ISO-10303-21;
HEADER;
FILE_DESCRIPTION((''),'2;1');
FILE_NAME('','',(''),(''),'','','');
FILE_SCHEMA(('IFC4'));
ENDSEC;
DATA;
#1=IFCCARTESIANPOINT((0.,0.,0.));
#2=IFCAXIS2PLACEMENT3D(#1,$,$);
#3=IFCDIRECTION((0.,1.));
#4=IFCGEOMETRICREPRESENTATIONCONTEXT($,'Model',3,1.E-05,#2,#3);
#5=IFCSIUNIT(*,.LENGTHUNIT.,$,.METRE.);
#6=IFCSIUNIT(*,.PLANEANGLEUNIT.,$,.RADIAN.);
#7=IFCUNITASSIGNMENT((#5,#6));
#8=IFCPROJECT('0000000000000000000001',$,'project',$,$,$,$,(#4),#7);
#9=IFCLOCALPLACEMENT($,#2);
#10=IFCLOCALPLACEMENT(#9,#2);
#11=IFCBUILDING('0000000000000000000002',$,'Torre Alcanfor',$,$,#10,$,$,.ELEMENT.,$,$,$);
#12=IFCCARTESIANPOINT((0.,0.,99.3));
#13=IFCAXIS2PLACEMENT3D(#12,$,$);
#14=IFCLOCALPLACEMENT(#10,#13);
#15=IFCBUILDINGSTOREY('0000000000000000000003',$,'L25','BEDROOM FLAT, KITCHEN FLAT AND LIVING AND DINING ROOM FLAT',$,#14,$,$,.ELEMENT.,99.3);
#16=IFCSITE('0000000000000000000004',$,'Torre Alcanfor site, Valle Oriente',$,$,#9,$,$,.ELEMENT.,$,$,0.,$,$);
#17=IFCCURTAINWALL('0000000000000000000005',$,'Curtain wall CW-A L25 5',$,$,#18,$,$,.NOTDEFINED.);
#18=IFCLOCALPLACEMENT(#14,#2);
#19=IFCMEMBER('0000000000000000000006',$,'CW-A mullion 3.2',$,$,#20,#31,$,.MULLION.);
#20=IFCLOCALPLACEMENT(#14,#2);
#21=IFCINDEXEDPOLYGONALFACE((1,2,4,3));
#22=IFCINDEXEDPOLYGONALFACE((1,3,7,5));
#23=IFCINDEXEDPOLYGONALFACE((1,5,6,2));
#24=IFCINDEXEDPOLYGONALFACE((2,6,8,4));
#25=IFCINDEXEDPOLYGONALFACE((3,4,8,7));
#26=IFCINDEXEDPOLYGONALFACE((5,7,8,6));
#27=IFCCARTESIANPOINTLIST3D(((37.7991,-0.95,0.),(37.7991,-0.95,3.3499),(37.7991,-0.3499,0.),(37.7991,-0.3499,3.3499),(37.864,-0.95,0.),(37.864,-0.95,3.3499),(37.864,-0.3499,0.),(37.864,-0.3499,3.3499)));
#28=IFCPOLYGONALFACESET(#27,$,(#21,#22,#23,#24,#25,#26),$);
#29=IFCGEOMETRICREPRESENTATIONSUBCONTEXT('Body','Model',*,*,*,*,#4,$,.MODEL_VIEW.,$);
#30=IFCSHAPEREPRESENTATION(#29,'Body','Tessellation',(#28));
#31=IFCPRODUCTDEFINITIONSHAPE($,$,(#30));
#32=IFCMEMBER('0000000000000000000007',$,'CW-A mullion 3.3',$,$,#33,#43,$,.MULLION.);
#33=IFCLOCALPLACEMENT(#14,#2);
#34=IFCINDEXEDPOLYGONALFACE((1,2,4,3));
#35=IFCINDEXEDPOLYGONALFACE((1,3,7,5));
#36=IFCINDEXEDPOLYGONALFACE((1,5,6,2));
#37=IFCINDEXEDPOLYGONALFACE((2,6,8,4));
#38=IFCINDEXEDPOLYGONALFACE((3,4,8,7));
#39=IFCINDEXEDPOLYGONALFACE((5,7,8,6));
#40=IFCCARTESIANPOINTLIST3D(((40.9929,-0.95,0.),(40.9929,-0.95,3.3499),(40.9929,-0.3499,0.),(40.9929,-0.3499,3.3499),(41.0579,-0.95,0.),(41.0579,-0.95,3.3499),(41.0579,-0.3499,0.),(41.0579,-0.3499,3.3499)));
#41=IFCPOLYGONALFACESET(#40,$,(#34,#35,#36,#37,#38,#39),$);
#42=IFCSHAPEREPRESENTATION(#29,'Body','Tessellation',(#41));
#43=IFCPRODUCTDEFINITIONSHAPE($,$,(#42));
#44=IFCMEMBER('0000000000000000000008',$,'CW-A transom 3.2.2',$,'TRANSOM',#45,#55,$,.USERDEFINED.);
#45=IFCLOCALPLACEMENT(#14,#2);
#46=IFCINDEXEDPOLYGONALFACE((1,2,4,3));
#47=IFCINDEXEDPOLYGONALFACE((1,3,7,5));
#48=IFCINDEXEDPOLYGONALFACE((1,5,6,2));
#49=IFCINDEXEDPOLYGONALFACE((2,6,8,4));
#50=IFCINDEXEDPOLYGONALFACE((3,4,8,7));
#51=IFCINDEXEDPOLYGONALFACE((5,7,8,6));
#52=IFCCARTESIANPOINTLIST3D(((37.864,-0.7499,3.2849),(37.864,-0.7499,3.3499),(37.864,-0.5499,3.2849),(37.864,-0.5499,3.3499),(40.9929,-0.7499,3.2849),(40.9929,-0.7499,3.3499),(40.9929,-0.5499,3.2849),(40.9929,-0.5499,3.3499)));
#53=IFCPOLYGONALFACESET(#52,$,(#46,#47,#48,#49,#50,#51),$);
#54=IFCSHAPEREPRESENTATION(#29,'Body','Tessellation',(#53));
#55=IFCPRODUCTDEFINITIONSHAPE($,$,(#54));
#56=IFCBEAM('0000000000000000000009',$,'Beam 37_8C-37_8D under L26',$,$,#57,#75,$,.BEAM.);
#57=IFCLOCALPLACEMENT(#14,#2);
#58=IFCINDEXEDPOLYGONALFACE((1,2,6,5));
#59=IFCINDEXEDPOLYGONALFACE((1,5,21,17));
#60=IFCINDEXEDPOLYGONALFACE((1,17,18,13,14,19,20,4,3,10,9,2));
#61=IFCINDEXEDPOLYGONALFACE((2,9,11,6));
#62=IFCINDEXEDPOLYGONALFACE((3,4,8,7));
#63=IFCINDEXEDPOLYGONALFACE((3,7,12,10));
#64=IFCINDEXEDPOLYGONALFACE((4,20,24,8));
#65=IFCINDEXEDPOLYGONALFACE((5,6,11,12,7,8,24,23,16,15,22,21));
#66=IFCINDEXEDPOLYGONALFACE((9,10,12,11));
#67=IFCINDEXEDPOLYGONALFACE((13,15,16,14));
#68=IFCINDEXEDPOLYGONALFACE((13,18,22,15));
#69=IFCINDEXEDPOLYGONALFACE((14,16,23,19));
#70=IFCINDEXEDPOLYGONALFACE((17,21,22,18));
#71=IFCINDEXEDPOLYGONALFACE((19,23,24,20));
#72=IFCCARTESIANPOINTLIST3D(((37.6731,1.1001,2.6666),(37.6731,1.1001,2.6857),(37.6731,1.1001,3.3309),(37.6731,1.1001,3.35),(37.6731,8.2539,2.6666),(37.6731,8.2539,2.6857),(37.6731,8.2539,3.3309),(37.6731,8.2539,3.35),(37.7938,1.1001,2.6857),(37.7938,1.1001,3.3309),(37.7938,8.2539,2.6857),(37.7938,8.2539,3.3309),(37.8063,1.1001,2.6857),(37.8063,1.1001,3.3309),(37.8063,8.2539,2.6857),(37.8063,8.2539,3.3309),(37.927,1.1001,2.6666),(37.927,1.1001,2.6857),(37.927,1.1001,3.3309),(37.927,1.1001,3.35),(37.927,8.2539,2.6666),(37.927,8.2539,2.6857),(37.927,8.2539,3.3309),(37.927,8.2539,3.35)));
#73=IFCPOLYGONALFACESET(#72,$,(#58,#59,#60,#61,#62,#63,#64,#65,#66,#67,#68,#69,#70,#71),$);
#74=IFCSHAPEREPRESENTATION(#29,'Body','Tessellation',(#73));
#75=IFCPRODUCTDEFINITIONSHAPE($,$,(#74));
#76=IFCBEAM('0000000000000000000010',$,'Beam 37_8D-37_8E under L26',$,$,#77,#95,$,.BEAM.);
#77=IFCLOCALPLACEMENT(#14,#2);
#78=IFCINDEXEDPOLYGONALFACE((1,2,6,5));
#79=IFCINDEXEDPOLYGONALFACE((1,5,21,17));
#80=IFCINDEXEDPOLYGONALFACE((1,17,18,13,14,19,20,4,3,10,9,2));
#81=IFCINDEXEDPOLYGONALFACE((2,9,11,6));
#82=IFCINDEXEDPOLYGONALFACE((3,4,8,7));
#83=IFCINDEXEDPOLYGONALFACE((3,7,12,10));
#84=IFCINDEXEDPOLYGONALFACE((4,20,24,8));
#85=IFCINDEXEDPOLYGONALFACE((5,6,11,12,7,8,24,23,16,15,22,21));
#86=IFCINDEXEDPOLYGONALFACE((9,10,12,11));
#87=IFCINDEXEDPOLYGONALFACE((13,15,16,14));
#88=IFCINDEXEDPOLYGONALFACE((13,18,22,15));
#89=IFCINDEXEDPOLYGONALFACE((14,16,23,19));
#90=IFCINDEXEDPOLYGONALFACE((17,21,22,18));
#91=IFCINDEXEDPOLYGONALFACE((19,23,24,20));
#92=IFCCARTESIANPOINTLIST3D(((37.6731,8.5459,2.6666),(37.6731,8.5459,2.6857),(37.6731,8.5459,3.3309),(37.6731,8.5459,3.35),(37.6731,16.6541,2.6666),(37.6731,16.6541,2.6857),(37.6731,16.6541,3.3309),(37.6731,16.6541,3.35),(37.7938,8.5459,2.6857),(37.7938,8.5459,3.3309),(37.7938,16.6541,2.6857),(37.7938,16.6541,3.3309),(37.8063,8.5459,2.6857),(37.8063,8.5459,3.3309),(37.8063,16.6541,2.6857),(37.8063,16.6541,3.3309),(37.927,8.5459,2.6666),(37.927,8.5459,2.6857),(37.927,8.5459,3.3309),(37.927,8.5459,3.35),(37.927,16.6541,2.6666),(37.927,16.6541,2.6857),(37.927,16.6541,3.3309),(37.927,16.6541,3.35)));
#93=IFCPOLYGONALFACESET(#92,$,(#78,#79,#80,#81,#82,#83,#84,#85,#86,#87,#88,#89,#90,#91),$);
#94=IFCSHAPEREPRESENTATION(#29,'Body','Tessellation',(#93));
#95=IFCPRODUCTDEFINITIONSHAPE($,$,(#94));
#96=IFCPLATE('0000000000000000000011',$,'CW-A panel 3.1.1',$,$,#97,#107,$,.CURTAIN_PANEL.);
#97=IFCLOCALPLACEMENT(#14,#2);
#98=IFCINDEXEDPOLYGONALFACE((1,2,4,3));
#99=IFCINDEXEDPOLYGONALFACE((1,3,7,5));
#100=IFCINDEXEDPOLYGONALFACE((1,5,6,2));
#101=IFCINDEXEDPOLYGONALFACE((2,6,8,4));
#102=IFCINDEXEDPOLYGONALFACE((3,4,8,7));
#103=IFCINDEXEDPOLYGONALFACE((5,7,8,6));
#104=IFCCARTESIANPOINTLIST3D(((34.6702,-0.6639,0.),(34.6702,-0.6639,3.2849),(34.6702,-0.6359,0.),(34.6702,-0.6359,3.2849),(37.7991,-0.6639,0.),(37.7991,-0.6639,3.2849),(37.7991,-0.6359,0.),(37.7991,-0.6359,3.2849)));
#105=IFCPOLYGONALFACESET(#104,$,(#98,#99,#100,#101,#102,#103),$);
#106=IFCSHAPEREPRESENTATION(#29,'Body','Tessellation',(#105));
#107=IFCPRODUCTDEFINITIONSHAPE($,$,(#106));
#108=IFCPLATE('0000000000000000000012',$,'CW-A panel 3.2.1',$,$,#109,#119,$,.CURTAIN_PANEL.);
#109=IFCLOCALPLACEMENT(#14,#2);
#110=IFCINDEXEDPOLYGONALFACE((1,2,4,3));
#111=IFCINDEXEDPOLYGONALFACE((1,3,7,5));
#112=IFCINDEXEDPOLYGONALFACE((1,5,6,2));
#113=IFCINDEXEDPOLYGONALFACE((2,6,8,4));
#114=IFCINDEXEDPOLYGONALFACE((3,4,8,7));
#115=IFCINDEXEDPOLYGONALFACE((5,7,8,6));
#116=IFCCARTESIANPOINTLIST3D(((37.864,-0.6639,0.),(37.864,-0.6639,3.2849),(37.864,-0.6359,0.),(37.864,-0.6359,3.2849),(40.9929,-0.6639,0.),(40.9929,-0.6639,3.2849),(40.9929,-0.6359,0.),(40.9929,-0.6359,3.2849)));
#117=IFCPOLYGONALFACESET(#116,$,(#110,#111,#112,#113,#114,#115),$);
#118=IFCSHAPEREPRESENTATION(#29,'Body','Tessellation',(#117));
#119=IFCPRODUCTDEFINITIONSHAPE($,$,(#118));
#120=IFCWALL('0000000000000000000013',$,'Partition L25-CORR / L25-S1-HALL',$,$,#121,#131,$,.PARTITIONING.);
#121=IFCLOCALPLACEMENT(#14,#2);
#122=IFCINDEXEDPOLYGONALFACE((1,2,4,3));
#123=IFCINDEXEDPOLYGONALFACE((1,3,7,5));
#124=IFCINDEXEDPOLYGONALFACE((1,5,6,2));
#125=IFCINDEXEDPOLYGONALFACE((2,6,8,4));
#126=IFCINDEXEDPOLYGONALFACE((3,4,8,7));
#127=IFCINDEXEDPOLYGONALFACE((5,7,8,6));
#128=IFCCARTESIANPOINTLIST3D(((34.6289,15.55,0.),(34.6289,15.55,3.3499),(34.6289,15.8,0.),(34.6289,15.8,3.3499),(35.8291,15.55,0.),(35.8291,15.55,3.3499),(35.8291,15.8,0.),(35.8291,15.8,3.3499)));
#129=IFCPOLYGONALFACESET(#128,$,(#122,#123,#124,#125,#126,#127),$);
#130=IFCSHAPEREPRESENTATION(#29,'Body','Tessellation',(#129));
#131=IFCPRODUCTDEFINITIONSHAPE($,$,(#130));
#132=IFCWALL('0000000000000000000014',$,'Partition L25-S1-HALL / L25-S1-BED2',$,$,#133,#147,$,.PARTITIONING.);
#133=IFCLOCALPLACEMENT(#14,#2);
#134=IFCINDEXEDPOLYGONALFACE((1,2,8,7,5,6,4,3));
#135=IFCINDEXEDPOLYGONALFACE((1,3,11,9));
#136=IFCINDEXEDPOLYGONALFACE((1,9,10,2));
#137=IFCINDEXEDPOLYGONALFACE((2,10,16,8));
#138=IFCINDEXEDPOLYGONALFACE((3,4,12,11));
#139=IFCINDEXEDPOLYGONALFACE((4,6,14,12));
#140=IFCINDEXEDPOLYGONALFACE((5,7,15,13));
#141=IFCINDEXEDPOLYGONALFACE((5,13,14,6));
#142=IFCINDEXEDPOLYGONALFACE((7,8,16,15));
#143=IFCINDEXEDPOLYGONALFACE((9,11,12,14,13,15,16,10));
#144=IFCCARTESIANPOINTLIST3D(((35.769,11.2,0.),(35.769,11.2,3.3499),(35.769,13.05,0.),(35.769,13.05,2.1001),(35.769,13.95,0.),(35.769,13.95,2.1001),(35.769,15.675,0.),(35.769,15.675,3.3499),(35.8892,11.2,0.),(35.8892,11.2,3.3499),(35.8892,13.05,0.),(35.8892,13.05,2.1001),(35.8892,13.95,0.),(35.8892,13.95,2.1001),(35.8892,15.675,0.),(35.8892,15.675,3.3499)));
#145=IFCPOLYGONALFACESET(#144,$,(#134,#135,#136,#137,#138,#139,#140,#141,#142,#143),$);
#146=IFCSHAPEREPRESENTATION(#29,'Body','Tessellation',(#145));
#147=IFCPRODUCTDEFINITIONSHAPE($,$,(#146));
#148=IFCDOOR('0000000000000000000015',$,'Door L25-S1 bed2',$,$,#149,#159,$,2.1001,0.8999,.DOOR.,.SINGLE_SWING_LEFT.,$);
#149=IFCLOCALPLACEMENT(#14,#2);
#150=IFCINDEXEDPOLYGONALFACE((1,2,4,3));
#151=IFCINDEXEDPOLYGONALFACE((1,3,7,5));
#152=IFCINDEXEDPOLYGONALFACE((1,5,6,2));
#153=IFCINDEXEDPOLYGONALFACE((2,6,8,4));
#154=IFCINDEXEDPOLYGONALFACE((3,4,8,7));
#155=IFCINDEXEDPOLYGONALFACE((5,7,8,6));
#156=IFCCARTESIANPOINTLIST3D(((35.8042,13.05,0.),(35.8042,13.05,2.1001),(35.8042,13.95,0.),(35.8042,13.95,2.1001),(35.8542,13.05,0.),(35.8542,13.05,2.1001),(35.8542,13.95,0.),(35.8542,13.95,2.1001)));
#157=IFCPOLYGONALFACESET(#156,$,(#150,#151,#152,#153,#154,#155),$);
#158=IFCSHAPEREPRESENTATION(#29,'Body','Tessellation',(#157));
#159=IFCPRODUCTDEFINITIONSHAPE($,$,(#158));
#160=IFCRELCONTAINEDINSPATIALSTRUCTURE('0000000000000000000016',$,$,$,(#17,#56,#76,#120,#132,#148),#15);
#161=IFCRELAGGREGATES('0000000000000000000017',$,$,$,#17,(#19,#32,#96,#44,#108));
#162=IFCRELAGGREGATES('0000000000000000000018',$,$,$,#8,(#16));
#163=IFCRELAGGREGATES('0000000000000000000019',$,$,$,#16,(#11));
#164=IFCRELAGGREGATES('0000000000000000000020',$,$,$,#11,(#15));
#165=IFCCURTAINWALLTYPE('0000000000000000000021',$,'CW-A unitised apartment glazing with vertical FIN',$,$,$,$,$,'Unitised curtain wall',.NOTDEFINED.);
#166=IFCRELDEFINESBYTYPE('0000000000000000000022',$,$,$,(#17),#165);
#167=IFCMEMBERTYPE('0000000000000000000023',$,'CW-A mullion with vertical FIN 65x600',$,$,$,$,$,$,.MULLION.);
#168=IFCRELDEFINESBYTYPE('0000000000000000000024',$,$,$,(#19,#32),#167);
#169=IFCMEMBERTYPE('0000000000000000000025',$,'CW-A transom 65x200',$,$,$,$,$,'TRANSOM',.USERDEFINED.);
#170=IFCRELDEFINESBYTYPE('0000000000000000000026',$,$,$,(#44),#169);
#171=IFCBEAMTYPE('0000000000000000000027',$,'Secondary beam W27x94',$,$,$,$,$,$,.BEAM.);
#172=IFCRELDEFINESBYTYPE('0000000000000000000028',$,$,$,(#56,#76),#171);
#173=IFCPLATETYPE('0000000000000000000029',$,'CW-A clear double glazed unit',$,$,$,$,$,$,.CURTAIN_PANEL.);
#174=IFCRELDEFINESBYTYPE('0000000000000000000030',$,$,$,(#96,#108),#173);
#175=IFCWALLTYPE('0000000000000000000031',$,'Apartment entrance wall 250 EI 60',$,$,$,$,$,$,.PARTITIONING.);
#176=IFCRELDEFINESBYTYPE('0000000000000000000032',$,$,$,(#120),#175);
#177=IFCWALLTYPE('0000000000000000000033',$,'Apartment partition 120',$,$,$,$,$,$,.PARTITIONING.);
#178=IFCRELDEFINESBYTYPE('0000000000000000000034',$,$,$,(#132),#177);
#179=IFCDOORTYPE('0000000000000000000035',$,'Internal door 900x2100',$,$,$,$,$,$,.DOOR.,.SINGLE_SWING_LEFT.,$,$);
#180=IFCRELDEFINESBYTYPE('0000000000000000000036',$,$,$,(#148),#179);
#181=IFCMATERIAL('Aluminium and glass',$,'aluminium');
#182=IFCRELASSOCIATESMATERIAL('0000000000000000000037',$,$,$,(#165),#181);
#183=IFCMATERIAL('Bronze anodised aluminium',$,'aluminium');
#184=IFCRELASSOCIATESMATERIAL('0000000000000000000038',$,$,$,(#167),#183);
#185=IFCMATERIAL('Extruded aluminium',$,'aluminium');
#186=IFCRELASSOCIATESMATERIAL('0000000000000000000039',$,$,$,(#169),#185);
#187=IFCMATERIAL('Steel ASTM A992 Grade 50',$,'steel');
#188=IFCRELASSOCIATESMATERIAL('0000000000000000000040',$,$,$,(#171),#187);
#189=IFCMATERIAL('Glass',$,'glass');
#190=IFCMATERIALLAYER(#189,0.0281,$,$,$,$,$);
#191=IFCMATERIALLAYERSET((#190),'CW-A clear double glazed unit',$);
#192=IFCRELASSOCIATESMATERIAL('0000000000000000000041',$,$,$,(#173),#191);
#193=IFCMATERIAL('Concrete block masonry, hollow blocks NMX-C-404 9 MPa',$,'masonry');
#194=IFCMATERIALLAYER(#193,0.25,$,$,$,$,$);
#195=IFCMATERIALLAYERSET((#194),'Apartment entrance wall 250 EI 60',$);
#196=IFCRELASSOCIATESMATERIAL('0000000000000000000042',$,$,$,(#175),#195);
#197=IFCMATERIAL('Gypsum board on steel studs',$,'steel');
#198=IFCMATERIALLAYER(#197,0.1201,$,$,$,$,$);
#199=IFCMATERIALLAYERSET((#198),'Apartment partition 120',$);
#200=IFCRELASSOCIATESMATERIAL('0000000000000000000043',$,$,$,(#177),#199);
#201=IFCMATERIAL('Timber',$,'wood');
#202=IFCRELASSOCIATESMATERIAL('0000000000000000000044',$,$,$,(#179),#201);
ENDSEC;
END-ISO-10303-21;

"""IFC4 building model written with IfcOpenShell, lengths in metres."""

from ifc_helpers import new_model, si_unit, direction, frame, frame_2d, origin, origin_2d, place, context, subcontext, project, spatial, rectangle, i_section, extrude, material, layer, layer_set, material_profile, profile_set, type_object, element, fill, aggregate, save


model = new_model("IFC4")

# Units and contexts
model_context = context("Model", 3, precision=1e-05, world=origin(), true_north=direction((0.0, 1.0)))
body_context = subcontext(model_context, "Body", "Model", "MODEL_VIEW")
ifc_project = project(units=[si_unit("LENGTHUNIT", "METRE"), si_unit("PLANEANGLEUNIT", "RADIAN")], contexts=[model_context])

# Site, building, storey
site_placement = place(None, origin())
site = spatial("IfcSite", under=ifc_project, at=site_placement, Name="Torre Alcanfor site, Valle Oriente", CompositionType="ELEMENT", RefElevation=0.0)
building_placement = place(site_placement, origin())
building = spatial("IfcBuilding", under=site, at=building_placement, Name="Torre Alcanfor", CompositionType="ELEMENT")
storey_placement = place(building_placement, frame((0.0, 0.0, 99.3)))
storey = spatial("IfcBuildingStorey", under=building, at=storey_placement, Name="L25", Description="BEDROOM FLAT, KITCHEN FLAT AND LIVING AND DINING ROOM FLAT", CompositionType="ELEMENT", Elevation=99.3)

# Curtain wall, members
ifc_material_1 = material(Name="Aluminium and glass", Category="aluminium")
curtain_wall_type = type_object("IfcCurtainWallType", Name="CW-A unitised apartment glazing with vertical FIN", ElementType="Unitised curtain wall", PredefinedType="NOTDEFINED", material=ifc_material_1)
curtain_wall_placement = place(storey_placement, origin())
curtain_wall = element("IfcCurtainWall", 1, at=curtain_wall_placement, inside=storey, type_object=curtain_wall_type, Name="Curtain wall CW-A L25 5", PredefinedType="NOTDEFINED")
ifc_material_2 = material(Name="Bronze anodised aluminium", Category="aluminium")
ifc_material_profile_1 = material_profile(ifc_material_2, rectangle(XDim=0.6001, YDim=0.0649, at=origin_2d()), Name="CW-A mullion 65x600")
ifc_profile_set_1 = profile_set([ifc_material_profile_1], Name="Bronze anodised aluminium")
member_type_1 = type_object("IfcMemberType", Name="CW-A mullion with vertical FIN 65x600", PredefinedType="MULLION", material=ifc_profile_set_1)
member_1_placement = place(storey_placement, frame((37.8315, -0.6499, 0.0), z_axis=(0.0, 0.0, 1.0), x_axis=(0.0, 1.0, 0.0)))
member_1 = element("IfcMember", 2, at=member_1_placement, type_object=member_type_1, Name="CW-A mullion 3.2", PredefinedType="MULLION", context=body_context, shape_type="SweptSolid", body=[
    extrude(rectangle(XDim=0.6001, YDim=0.0649, at=origin_2d()), origin(), (0.0, 0.0, 1.0), 3.3499),
])
member_2_placement = place(storey_placement, frame((41.0254, -0.6499, 0.0), z_axis=(0.0, 0.0, 1.0), x_axis=(0.0, 1.0, 0.0)))
member_2 = element("IfcMember", 3, at=member_2_placement, type_object=member_type_1, Name="CW-A mullion 3.3", PredefinedType="MULLION", context=body_context, shape_type="SweptSolid", body=[
    extrude(rectangle(XDim=0.6001, YDim=0.0649, at=origin_2d()), origin(), (0.0, 0.0, 1.0), 3.3499),
])
ifc_material_3 = material(Name="Extruded aluminium", Category="aluminium")
ifc_material_profile_2 = material_profile(ifc_material_3, rectangle(XDim=0.2, YDim=0.0649, at=origin_2d()), Name="CW-A transom 200x65")
ifc_profile_set_2 = profile_set([ifc_material_profile_2], Name="Extruded aluminium")
member_type_2 = type_object("IfcMemberType", Name="CW-A transom 65x200", ElementType="TRANSOM", PredefinedType="USERDEFINED", material=ifc_profile_set_2)
member_3_placement = place(storey_placement, frame((37.864, -0.6499, 3.3174), z_axis=(1.0, 0.0, 0.0), x_axis=(0.0, 1.0, 0.0)))
member_3 = element("IfcMember", 4, at=member_3_placement, type_object=member_type_2, Name="CW-A transom 3.2.2", ObjectType="TRANSOM", PredefinedType="USERDEFINED", context=body_context, shape_type="SweptSolid", body=[
    extrude(rectangle(XDim=0.2, YDim=0.0649, at=origin_2d()), origin(), (0.0, 0.0, 1.0), 3.1289),
])

# Beams
ifc_material_4 = material(Name="Steel ASTM A992 Grade 50", Category="steel")
ifc_material_profile_3 = material_profile(ifc_material_4, i_section(OverallWidth=0.2539, OverallDepth=0.6833, WebThickness=0.0125, FlangeThickness=0.019, at=origin_2d()), Name="W27x94")
ifc_profile_set_3 = profile_set([ifc_material_profile_3], Name="Steel ASTM A992 Grade 50")
beam_type = type_object("IfcBeamType", Name="Secondary beam W27x94", PredefinedType="BEAM", material=ifc_profile_set_3)
beam_1_placement = place(storey_placement, frame((37.8, 1.1001, 3.0083), z_axis=(0.0, 1.0, 0.0), x_axis=(-1.0, 0.0, 0.0)))
element("IfcBeam", 5, at=beam_1_placement, inside=storey, type_object=beam_type, Name="Beam 37_8C-37_8D under L26", PredefinedType="BEAM", context=body_context, shape_type="SweptSolid", body=[
    extrude(i_section(OverallWidth=0.2539, OverallDepth=0.6833, WebThickness=0.0125, FlangeThickness=0.019, at=origin_2d()), origin(), (0.0, 0.0, 1.0), 7.1538),
])
beam_2_placement = place(storey_placement, frame((37.8, 8.5459, 3.0083), z_axis=(0.0, 1.0, 0.0), x_axis=(-1.0, 0.0, 0.0)))
element("IfcBeam", 6, at=beam_2_placement, inside=storey, type_object=beam_type, Name="Beam 37_8D-37_8E under L26", PredefinedType="BEAM", context=body_context, shape_type="SweptSolid", body=[
    extrude(i_section(OverallWidth=0.2539, OverallDepth=0.6833, WebThickness=0.0125, FlangeThickness=0.019, at=origin_2d()), origin(), (0.0, 0.0, 1.0), 8.1082),
])

# Plates
ifc_material_5 = material(Name="Glass", Category="glass")
ifc_layer_1 = layer(ifc_material_5, 0.0281)
ifc_layer_set_1 = layer_set([ifc_layer_1], Name="CW-A clear double glazed unit")
plate_type = type_object("IfcPlateType", Name="CW-A clear double glazed unit", PredefinedType="CURTAIN_PANEL", material=ifc_layer_set_1)
plate_1_placement = place(storey_placement, frame((36.2346, -0.6499, 0.0), z_axis=(0.0, 0.0, 1.0), x_axis=(1.0, 0.0, 0.0)))
plate_1 = element("IfcPlate", 7, at=plate_1_placement, type_object=plate_type, Name="CW-A panel 3.1.1", PredefinedType="CURTAIN_PANEL", context=body_context, shape_type="SweptSolid", body=[
    extrude(rectangle(XDim=3.1289, YDim=0.0281, at=origin_2d()), origin(), (0.0, 0.0, 1.0), 3.2849),
])
plate_2_placement = place(storey_placement, frame((39.4285, -0.6499, 0.0), z_axis=(0.0, 0.0, 1.0), x_axis=(1.0, 0.0, 0.0)))
plate_2 = element("IfcPlate", 8, at=plate_2_placement, type_object=plate_type, Name="CW-A panel 3.2.1", PredefinedType="CURTAIN_PANEL", context=body_context, shape_type="SweptSolid", body=[
    extrude(rectangle(XDim=3.1289, YDim=0.0281, at=origin_2d()), origin(), (0.0, 0.0, 1.0), 3.2849),
])
aggregate(curtain_wall, [member_1, member_2, plate_1, member_3, plate_2])

# Wall
ifc_material_6 = material(Name="Concrete block masonry, hollow blocks NMX-C-404 9 MPa", Category="masonry")
ifc_layer_2 = layer(ifc_material_6, 0.25)
ifc_layer_set_2 = layer_set([ifc_layer_2], Name="Apartment entrance wall 250 EI 60")
wall_type_1 = type_object("IfcWallType", Name="Apartment entrance wall 250 EI 60", PredefinedType="PARTITIONING", material=ifc_layer_set_2)
wall_1_placement = place(storey_placement, frame((35.8291, 15.675, 0.0), z_axis=(0.0, 0.0, 1.0), x_axis=(-1.0, 0.0, 0.0)))
element("IfcWall", 9, at=wall_1_placement, inside=storey, type_object=wall_type_1, Name="Partition L25-CORR / L25-S1-HALL", PredefinedType="PARTITIONING", context=body_context, shape_type="SweptSolid", body=[
    extrude(rectangle(XDim=1.2002, YDim=0.25, at=frame_2d((0.6001, 0.0))), origin(), (0.0, 0.0, 1.0), 3.3499),
])

# Wall, opening, door
ifc_material_7 = material(Name="Gypsum board on steel studs", Category="steel")
ifc_layer_3 = layer(ifc_material_7, 0.1201)
ifc_layer_set_3 = layer_set([ifc_layer_3], Name="Apartment partition 120")
wall_type_2 = type_object("IfcWallType", Name="Apartment partition 120", PredefinedType="PARTITIONING", material=ifc_layer_set_3)
wall_2_placement = place(storey_placement, frame((35.8291, 11.2, 0.0), z_axis=(0.0, 0.0, 1.0), x_axis=(0.0, 1.0, 0.0)))
wall_2 = element("IfcWall", 10, at=wall_2_placement, inside=storey, type_object=wall_type_2, Name="Partition L25-S1-HALL / L25-S1-BED2", PredefinedType="PARTITIONING", context=body_context, shape_type="SweptSolid", body=[
    extrude(rectangle(XDim=4.4751, YDim=0.1201, at=frame_2d((2.2375, 0.0))), origin(), (0.0, 0.0, 1.0), 3.3499),
])
opening_1_placement = place(wall_2_placement, frame((1.8501, 0.0, 0.0)))
opening_1 = element("IfcOpeningElement", 11, at=opening_1_placement, cuts=wall_2, PredefinedType="OPENING", context=body_context, shape_type="SweptSolid", body=[
    extrude(rectangle(XDim=0.8999, YDim=2.1001, at=frame_2d((0.45, 1.05))), frame((0.0, 0.0701, 0.0), z_axis=(0.0, -1.0, 0.0), x_axis=(1.0, 0.0, 0.0)), (0.0, 0.0, 1.0), 0.1401),
])
ifc_material_8 = material(Name="Timber", Category="wood")
door_type_1 = type_object("IfcDoorType", Name="Internal door 900x2100", OperationType="SINGLE_SWING_LEFT", PredefinedType="DOOR", material=ifc_material_8)
door_1_placement = place(opening_1_placement, frame((0.8999, 0.0, 0.0), z_axis=(0.0, 0.0, 1.0), x_axis=(-1.0, 0.0, 0.0)))
door_1 = element("IfcDoor", 12, at=door_1_placement, inside=storey, type_object=door_type_1, Name="Door L25-S1 bed2", OperationType="SINGLE_SWING_LEFT", OverallHeight=2.1001, OverallWidth=0.8999, PredefinedType="DOOR", context=body_context, shape_type="SweptSolid", body=[
    extrude(rectangle(XDim=0.8999, YDim=2.1001, at=frame_2d((0.45, 1.05))), frame((0.0, 0.0251, 0.0), z_axis=(0.0, -1.0, 0.0), x_axis=(1.0, 0.0, 0.0)), (0.0, 0.0, 1.0), 0.05),
])
fill(opening_1, door_1)

save(model, "model.ifc")
